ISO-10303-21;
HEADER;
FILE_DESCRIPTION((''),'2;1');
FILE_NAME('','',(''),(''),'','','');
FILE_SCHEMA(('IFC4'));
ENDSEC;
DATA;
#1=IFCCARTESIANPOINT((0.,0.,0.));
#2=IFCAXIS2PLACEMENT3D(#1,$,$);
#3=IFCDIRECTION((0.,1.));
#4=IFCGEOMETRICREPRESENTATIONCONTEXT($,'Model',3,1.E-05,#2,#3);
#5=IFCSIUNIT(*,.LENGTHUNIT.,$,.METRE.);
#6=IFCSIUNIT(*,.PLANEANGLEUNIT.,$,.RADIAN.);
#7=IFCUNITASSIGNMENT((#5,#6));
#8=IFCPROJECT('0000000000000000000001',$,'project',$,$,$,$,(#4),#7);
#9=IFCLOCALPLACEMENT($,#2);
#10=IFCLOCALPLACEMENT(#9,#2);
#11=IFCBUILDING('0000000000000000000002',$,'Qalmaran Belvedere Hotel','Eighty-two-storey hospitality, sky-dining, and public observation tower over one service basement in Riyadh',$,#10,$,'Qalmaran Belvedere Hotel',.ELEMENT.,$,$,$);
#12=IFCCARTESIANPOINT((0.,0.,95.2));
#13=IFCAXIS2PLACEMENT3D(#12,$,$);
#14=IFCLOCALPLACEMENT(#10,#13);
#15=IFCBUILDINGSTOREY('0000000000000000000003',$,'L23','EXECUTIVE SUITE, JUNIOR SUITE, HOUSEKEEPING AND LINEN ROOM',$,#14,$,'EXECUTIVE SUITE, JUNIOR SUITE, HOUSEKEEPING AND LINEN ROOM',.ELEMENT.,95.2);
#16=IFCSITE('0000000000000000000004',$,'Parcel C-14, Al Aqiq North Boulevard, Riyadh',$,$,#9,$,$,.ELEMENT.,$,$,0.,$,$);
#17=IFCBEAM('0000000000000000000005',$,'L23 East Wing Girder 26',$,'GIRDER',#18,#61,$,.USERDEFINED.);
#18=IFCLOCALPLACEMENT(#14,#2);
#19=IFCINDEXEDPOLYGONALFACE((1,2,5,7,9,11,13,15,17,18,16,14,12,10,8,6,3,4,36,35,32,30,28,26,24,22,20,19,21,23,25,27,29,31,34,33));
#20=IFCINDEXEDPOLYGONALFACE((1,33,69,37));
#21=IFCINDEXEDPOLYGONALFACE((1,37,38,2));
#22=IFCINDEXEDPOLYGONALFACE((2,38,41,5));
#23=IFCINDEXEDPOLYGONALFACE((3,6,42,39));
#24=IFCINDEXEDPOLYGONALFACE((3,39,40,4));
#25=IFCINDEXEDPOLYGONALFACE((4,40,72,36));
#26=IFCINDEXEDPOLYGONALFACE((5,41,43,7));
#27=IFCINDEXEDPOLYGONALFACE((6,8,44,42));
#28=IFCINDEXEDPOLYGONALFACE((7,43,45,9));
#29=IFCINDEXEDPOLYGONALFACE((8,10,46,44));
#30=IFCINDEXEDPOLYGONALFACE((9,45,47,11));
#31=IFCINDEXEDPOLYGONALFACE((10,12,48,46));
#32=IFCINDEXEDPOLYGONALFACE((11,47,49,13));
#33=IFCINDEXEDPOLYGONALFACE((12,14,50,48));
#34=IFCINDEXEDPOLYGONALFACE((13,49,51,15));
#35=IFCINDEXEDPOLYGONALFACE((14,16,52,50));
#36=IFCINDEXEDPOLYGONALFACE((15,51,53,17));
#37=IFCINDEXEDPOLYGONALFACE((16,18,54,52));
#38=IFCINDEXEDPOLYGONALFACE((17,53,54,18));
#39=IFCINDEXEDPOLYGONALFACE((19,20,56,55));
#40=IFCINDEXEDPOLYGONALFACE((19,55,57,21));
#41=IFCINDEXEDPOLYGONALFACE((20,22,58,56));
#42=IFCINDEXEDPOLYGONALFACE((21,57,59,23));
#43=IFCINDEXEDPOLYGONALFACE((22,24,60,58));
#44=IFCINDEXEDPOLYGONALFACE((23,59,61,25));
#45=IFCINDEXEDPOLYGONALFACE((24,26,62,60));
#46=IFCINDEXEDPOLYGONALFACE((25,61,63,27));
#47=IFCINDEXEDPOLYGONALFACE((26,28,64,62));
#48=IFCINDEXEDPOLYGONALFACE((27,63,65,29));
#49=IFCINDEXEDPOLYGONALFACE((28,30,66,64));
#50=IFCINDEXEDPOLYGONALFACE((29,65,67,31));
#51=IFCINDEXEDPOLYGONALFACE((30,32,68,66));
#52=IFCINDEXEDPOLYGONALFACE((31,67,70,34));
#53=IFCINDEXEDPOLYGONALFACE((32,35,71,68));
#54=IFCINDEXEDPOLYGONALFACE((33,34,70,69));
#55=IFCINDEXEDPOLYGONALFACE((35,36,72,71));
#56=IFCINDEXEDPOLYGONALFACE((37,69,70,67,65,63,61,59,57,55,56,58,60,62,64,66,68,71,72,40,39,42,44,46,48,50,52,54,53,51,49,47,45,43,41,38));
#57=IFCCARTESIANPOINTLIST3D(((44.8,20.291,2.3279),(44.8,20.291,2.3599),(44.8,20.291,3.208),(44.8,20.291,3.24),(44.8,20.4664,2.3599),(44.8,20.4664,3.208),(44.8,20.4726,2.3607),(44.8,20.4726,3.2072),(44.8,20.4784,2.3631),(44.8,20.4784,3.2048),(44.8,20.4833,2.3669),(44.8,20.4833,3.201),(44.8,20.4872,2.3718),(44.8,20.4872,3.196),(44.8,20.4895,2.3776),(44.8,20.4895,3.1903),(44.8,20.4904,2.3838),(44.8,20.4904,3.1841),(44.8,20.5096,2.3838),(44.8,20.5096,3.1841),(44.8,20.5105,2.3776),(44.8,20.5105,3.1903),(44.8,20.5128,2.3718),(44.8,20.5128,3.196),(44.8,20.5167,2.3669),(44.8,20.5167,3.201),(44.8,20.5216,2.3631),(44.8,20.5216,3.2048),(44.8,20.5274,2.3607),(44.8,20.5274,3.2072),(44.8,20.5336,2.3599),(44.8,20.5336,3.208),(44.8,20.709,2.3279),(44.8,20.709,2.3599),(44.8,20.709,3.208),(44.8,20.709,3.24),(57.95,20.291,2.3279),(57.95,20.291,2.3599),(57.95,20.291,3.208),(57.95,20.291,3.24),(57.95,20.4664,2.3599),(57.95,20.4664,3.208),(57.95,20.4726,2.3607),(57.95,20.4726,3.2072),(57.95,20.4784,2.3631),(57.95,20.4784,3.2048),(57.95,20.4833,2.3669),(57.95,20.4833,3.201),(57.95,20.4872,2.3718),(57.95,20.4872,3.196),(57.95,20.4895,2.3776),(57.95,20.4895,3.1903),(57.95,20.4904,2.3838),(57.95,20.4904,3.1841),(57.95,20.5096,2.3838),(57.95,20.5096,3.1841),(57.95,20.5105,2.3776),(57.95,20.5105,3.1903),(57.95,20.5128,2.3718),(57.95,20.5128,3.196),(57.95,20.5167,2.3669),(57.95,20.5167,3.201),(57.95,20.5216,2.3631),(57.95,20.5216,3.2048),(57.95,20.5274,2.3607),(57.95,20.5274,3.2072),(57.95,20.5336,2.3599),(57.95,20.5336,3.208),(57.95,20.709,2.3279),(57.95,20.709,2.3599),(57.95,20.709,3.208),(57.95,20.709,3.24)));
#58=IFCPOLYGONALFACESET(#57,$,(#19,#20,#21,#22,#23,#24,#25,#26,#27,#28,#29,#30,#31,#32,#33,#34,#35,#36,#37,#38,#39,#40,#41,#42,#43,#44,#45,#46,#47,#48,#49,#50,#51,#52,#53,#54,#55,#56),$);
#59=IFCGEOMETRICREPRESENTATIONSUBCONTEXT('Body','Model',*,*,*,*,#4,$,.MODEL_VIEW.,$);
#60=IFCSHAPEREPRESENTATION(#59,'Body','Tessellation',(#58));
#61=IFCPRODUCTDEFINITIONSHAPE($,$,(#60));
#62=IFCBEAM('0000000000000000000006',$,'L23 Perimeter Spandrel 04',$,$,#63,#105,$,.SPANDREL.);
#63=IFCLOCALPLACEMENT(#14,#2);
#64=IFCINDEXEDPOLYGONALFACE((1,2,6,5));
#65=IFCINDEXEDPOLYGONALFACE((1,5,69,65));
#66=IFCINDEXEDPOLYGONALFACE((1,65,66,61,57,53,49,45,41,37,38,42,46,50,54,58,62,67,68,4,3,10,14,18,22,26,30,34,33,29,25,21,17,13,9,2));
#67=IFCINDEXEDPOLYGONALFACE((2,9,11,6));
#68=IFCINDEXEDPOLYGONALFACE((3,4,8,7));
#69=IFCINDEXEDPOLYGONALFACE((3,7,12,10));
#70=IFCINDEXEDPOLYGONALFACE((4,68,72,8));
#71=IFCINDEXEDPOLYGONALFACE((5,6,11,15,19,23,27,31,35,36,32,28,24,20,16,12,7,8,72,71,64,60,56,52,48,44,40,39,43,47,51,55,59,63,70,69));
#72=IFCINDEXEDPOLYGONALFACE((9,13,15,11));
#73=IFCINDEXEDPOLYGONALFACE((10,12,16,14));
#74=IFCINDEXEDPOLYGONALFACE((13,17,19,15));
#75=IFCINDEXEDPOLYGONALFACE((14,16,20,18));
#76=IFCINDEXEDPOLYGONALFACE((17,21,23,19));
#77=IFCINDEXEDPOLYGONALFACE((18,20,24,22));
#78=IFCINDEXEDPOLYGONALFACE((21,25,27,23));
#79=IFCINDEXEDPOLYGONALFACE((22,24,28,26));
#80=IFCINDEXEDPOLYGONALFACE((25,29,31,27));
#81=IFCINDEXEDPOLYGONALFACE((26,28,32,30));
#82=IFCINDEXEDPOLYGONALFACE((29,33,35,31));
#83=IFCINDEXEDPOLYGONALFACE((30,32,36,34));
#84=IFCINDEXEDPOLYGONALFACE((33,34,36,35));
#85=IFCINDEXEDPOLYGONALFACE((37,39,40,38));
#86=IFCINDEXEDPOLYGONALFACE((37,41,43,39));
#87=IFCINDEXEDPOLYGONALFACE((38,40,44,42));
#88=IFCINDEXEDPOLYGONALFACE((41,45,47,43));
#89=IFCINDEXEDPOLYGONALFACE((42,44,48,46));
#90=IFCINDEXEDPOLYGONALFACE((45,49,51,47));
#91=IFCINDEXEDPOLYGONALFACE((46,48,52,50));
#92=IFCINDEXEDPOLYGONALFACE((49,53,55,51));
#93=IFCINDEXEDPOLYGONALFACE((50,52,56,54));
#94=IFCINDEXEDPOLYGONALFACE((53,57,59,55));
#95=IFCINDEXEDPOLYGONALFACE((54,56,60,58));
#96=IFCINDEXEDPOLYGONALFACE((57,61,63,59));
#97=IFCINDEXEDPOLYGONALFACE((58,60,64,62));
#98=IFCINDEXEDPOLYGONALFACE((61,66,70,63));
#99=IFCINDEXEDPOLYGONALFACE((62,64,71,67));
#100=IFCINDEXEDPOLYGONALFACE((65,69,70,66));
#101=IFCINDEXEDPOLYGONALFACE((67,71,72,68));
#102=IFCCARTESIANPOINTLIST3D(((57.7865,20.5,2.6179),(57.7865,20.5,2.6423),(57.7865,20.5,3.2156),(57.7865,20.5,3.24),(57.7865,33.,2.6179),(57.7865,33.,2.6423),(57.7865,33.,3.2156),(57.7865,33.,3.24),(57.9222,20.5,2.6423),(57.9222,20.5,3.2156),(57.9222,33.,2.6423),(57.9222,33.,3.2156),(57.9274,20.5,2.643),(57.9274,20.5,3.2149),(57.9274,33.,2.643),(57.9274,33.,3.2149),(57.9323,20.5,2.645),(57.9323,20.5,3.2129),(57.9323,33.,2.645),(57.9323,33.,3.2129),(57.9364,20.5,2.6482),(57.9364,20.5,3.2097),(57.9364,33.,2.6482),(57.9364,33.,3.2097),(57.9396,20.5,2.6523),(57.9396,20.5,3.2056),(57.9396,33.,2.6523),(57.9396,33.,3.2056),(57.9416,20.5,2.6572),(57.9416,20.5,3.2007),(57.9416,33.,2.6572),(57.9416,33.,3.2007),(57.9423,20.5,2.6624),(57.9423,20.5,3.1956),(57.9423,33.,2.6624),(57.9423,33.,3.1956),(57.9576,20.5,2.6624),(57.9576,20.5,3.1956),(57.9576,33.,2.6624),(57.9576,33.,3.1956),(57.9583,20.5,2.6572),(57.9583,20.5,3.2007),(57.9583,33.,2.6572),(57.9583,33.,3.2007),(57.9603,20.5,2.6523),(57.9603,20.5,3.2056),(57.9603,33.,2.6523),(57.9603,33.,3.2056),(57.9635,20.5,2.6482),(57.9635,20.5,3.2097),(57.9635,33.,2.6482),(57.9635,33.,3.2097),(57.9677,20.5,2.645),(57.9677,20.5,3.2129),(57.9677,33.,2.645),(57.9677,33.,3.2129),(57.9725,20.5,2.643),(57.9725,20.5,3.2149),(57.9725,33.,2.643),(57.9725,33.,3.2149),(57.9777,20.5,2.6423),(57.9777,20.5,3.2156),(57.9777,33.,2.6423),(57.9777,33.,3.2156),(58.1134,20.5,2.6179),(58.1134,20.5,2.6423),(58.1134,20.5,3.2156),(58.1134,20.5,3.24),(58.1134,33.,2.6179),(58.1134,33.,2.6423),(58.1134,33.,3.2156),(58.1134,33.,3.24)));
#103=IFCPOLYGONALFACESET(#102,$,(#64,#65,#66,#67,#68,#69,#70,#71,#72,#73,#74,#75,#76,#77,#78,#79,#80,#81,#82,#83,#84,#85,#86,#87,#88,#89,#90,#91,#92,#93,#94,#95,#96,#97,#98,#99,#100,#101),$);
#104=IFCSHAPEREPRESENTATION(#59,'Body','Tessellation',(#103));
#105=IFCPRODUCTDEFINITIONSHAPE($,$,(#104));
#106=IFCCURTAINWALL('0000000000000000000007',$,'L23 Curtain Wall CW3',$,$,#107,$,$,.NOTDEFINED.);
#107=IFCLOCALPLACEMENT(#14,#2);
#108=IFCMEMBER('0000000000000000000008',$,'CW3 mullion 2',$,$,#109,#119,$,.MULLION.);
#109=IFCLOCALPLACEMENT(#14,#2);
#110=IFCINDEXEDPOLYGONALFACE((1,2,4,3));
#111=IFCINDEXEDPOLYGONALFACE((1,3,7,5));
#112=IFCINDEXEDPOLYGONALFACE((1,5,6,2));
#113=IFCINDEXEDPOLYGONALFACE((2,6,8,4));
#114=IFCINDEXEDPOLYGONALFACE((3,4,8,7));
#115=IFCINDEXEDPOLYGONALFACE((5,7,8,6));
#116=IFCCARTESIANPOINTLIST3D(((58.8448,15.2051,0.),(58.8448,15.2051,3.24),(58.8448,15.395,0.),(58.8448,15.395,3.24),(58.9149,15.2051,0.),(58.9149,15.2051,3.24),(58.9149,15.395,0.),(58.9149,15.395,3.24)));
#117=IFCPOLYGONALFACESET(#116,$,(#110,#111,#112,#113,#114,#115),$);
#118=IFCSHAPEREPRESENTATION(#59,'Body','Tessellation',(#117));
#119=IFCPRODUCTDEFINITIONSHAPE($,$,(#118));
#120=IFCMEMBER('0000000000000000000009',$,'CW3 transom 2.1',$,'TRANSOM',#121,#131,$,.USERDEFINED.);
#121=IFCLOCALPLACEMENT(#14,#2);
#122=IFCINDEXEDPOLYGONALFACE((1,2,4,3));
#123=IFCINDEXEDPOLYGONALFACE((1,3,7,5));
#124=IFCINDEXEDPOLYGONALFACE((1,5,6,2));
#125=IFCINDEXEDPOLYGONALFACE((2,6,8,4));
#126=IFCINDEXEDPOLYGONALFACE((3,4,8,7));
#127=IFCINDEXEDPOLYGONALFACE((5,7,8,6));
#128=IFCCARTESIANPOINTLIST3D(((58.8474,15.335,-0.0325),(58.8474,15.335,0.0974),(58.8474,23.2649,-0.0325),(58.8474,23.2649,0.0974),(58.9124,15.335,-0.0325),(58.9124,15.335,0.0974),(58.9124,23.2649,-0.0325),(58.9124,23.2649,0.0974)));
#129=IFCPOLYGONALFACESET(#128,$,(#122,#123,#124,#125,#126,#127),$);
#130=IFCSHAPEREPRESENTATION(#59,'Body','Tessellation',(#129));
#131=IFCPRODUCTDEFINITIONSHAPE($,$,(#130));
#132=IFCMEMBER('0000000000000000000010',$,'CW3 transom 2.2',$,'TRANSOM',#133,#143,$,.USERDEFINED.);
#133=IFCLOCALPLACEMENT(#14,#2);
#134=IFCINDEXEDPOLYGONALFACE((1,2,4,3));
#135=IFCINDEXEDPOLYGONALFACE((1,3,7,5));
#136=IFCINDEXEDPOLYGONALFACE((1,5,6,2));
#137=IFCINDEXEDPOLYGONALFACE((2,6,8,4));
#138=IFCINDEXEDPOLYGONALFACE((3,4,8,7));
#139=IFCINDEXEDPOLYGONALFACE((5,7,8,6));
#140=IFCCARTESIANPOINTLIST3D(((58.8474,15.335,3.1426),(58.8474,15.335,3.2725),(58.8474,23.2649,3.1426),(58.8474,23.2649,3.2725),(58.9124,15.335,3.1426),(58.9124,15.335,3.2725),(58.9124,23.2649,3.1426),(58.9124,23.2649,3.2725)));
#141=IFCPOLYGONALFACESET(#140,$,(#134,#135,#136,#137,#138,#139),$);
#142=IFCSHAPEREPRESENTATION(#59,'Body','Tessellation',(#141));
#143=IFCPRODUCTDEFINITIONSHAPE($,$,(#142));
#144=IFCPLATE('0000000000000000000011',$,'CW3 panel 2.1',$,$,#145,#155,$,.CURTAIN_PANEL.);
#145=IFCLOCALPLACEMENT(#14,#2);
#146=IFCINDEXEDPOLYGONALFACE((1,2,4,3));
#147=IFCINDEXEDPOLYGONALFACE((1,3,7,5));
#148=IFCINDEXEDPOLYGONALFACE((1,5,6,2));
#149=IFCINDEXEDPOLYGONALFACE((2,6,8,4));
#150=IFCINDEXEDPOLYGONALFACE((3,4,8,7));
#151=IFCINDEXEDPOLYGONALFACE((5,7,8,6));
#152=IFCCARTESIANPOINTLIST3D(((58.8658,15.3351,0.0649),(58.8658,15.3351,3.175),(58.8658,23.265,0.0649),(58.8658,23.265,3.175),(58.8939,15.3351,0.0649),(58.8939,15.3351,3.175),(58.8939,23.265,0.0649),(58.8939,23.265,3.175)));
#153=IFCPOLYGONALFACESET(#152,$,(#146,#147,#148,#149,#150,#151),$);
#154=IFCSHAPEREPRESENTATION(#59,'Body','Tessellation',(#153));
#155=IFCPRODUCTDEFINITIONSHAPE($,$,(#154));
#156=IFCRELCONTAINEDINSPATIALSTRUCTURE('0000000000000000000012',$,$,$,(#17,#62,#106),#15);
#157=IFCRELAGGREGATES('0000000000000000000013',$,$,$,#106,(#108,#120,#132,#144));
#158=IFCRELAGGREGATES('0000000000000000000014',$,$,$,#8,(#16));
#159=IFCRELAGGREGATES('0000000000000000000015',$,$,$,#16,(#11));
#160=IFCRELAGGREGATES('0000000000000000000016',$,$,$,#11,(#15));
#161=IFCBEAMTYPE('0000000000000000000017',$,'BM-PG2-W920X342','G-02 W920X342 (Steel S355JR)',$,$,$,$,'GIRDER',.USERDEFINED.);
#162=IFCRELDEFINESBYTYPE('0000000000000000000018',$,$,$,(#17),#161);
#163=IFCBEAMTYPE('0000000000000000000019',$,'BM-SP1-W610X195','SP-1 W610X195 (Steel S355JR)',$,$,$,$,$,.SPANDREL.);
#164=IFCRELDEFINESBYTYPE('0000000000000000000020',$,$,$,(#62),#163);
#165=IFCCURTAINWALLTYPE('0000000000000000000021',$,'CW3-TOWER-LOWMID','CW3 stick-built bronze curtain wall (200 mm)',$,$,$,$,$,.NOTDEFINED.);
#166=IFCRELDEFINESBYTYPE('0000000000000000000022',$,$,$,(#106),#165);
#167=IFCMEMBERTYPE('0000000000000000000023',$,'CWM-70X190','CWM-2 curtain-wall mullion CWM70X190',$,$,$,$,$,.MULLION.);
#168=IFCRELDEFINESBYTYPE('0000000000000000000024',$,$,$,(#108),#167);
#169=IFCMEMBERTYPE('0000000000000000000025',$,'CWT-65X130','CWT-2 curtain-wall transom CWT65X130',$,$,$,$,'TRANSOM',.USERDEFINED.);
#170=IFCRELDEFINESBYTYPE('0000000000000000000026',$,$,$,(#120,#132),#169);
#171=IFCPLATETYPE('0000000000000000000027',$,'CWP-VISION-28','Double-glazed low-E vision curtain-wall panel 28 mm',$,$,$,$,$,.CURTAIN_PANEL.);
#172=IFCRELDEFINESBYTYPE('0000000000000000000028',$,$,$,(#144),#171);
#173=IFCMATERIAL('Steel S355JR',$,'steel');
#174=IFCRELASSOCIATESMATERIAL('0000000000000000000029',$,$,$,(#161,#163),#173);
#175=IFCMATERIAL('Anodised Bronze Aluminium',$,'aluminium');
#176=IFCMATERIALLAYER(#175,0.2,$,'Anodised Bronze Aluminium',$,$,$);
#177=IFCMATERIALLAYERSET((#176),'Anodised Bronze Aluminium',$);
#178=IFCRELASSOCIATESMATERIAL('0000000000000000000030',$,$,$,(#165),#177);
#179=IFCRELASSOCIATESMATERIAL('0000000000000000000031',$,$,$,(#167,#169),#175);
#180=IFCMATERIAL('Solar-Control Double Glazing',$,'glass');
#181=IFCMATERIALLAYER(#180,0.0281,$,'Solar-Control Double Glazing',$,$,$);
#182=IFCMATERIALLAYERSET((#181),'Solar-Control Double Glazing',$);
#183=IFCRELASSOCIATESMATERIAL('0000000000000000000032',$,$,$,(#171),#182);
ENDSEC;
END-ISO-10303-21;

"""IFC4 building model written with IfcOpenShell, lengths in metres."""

from ifc_helpers import new_model, si_unit, direction, frame, origin, origin_2d, place, context, subcontext, project, spatial, rectangle, i_section, extrude, material, layer, layer_set, material_profile, profile_set, type_object, element, aggregate, save


model = new_model("IFC4")

# Units and contexts
model_context = context("Model", 3, precision=1e-05, world=origin(), true_north=direction((0.0, 1.0)))
body_context = subcontext(model_context, "Body", "Model", "MODEL_VIEW")
ifc_project = project(units=[si_unit("LENGTHUNIT", "METRE"), si_unit("PLANEANGLEUNIT", "RADIAN")], contexts=[model_context])

# Site, building, storey
site_placement = place(None, origin())
site = spatial("IfcSite", under=ifc_project, at=site_placement, Name="Parcel C-14, Al Aqiq North Boulevard, Riyadh", CompositionType="ELEMENT", RefElevation=0.0)
building_placement = place(site_placement, origin())
building = spatial("IfcBuilding", under=site, at=building_placement, Name="Qalmaran Belvedere Hotel", Description="Eighty-two-storey hospitality, sky-dining, and public observation tower over one service basement in Riyadh", LongName="Qalmaran Belvedere Hotel", CompositionType="ELEMENT")
storey_placement = place(building_placement, frame((0.0, 0.0, 95.2)))
storey = spatial("IfcBuildingStorey", under=building, at=storey_placement, Name="L23", Description="EXECUTIVE SUITE, JUNIOR SUITE, HOUSEKEEPING AND LINEN ROOM", LongName="EXECUTIVE SUITE, JUNIOR SUITE, HOUSEKEEPING AND LINEN ROOM", CompositionType="ELEMENT", Elevation=95.2)

# Beams
ifc_material_1 = material(Name="Steel S355JR", Category="steel")
ifc_material_profile_1 = material_profile(ifc_material_1, i_section(OverallWidth=0.418, OverallDepth=0.9121, WebThickness=0.0193, FlangeThickness=0.032, FilletRadius=0.0239, at=origin_2d()), Name="W920X342")
ifc_profile_set_1 = profile_set([ifc_material_profile_1], Name="Steel S355JR")
beam_type_1 = type_object("IfcBeamType", Name="BM-PG2-W920X342", Description="G-02 W920X342 (Steel S355JR)", ElementType="GIRDER", PredefinedType="USERDEFINED", material=ifc_profile_set_1)
beam_1_placement = place(storey_placement, frame((44.8, 20.5, 2.7839), z_axis=(1.0, 0.0, 0.0), x_axis=(0.0, 1.0, 0.0)))
element("IfcBeam", 1, at=beam_1_placement, inside=storey, type_object=beam_type_1, Name="L23 East Wing Girder 26", ObjectType="GIRDER", PredefinedType="USERDEFINED", context=body_context, shape_type="SweptSolid", body=[
    extrude(i_section(OverallWidth=0.418, OverallDepth=0.9121, WebThickness=0.0193, FlangeThickness=0.032, FilletRadius=0.0239, at=origin_2d()), origin(), (0.0, 0.0, 1.0), 13.1499),
])
ifc_material_profile_2 = material_profile(ifc_material_1, i_section(OverallWidth=0.3269, OverallDepth=0.6221, WebThickness=0.0154, FlangeThickness=0.0244, FilletRadius=0.02, at=origin_2d()), Name="W610X195")
ifc_profile_set_2 = profile_set([ifc_material_profile_2], Name="Steel S355JR")
beam_type_2 = type_object("IfcBeamType", Name="BM-SP1-W610X195", Description="SP-1 W610X195 (Steel S355JR)", PredefinedType="SPANDREL", material=ifc_profile_set_2)
beam_2_placement = place(storey_placement, frame((57.95, 20.5, 2.929), z_axis=(0.0, 1.0, 0.0), x_axis=(-1.0, 0.0, 0.0)))
element("IfcBeam", 2, at=beam_2_placement, inside=storey, type_object=beam_type_2, Name="L23 Perimeter Spandrel 04", PredefinedType="SPANDREL", context=body_context, shape_type="SweptSolid", body=[
    extrude(i_section(OverallWidth=0.3269, OverallDepth=0.6221, WebThickness=0.0154, FlangeThickness=0.0244, FilletRadius=0.02, at=origin_2d()), origin(), (0.0, 0.0, 1.0), 12.5),
])

# Curtain wall, members, plate
ifc_material_2 = material(Name="Anodised Bronze Aluminium", Category="aluminium")
ifc_layer_1 = layer(ifc_material_2, 0.2, Name="Anodised Bronze Aluminium")
ifc_layer_set_1 = layer_set([ifc_layer_1], Name="Anodised Bronze Aluminium")
curtain_wall_type = type_object("IfcCurtainWallType", Name="CW3-TOWER-LOWMID", Description="CW3 stick-built bronze curtain wall (200 mm)", PredefinedType="NOTDEFINED", material=ifc_layer_set_1)
curtain_wall_placement = place(storey_placement, origin())
curtain_wall = element("IfcCurtainWall", 3, at=curtain_wall_placement, inside=storey, type_object=curtain_wall_type, Name="L23 Curtain Wall CW3", PredefinedType="NOTDEFINED")
ifc_material_profile_3 = material_profile(ifc_material_2, rectangle(XDim=0.0701, YDim=0.1899, at=origin_2d()), Name="CWM70X190")
ifc_profile_set_3 = profile_set([ifc_material_profile_3], Name="Anodised Bronze Aluminium")
member_type_1 = type_object("IfcMemberType", Name="CWM-70X190", Description="CWM-2 curtain-wall mullion CWM70X190", PredefinedType="MULLION", material=ifc_profile_set_3)
member_1_placement = place(storey_placement, frame((58.8799, 15.3, 0.0), z_axis=(0.0, 0.0, 1.0), x_axis=(-1.0, 0.0, 0.0)))
member_1 = element("IfcMember", 4, at=member_1_placement, type_object=member_type_1, Name="CW3 mullion 2", PredefinedType="MULLION", context=body_context, shape_type="SweptSolid", body=[
    extrude(rectangle(XDim=0.0701, YDim=0.1899, at=origin_2d()), origin(), (0.0, 0.0, 1.0), 3.24),
])
ifc_material_profile_4 = material_profile(ifc_material_2, rectangle(XDim=0.0649, YDim=0.1299, at=origin_2d()), Name="CWT65X130")
ifc_profile_set_4 = profile_set([ifc_material_profile_4], Name="Anodised Bronze Aluminium")
member_type_2 = type_object("IfcMemberType", Name="CWT-65X130", Description="CWT-2 curtain-wall transom CWT65X130", ElementType="TRANSOM", PredefinedType="USERDEFINED", material=ifc_profile_set_4)
member_2_placement = place(storey_placement, frame((58.8799, 15.335, 0.0325), z_axis=(0.0, 1.0, 0.0), x_axis=(-1.0, 0.0, 0.0)))
member_2 = element("IfcMember", 5, at=member_2_placement, type_object=member_type_2, Name="CW3 transom 2.1", ObjectType="TRANSOM", PredefinedType="USERDEFINED", context=body_context, shape_type="SweptSolid", body=[
    extrude(rectangle(XDim=0.0649, YDim=0.1299, at=origin_2d()), origin(), (0.0, 0.0, 1.0), 7.9299),
])
member_3_placement = place(storey_placement, frame((58.8799, 15.335, 3.2075), z_axis=(0.0, 1.0, 0.0), x_axis=(-1.0, 0.0, 0.0)))
member_3 = element("IfcMember", 6, at=member_3_placement, type_object=member_type_2, Name="CW3 transom 2.2", ObjectType="TRANSOM", PredefinedType="USERDEFINED", context=body_context, shape_type="SweptSolid", body=[
    extrude(rectangle(XDim=0.0649, YDim=0.1299, at=origin_2d()), origin(), (0.0, 0.0, 1.0), 7.9299),
])
ifc_material_3 = material(Name="Solar-Control Double Glazing", Category="glass")
ifc_layer_2 = layer(ifc_material_3, 0.0281, Name="Solar-Control Double Glazing")
ifc_layer_set_2 = layer_set([ifc_layer_2], Name="Solar-Control Double Glazing")
plate_type = type_object("IfcPlateType", Name="CWP-VISION-28", Description="Double-glazed low-E vision curtain-wall panel 28 mm", PredefinedType="CURTAIN_PANEL", material=ifc_layer_set_2)
plate_placement = place(storey_placement, frame((58.8799, 19.3, 0.0649), z_axis=(0.0, 0.0, 1.0), x_axis=(0.0, 1.0, 0.0)))
plate = element("IfcPlate", 7, at=plate_placement, type_object=plate_type, Name="CW3 panel 2.1", PredefinedType="CURTAIN_PANEL", context=body_context, shape_type="SweptSolid", body=[
    extrude(rectangle(XDim=7.9299, YDim=0.0281, at=origin_2d()), origin(), (0.0, 0.0, 1.0), 3.1101),
])
aggregate(curtain_wall, [member_1, member_2, member_3, plate])

save(model, "model.ifc")
